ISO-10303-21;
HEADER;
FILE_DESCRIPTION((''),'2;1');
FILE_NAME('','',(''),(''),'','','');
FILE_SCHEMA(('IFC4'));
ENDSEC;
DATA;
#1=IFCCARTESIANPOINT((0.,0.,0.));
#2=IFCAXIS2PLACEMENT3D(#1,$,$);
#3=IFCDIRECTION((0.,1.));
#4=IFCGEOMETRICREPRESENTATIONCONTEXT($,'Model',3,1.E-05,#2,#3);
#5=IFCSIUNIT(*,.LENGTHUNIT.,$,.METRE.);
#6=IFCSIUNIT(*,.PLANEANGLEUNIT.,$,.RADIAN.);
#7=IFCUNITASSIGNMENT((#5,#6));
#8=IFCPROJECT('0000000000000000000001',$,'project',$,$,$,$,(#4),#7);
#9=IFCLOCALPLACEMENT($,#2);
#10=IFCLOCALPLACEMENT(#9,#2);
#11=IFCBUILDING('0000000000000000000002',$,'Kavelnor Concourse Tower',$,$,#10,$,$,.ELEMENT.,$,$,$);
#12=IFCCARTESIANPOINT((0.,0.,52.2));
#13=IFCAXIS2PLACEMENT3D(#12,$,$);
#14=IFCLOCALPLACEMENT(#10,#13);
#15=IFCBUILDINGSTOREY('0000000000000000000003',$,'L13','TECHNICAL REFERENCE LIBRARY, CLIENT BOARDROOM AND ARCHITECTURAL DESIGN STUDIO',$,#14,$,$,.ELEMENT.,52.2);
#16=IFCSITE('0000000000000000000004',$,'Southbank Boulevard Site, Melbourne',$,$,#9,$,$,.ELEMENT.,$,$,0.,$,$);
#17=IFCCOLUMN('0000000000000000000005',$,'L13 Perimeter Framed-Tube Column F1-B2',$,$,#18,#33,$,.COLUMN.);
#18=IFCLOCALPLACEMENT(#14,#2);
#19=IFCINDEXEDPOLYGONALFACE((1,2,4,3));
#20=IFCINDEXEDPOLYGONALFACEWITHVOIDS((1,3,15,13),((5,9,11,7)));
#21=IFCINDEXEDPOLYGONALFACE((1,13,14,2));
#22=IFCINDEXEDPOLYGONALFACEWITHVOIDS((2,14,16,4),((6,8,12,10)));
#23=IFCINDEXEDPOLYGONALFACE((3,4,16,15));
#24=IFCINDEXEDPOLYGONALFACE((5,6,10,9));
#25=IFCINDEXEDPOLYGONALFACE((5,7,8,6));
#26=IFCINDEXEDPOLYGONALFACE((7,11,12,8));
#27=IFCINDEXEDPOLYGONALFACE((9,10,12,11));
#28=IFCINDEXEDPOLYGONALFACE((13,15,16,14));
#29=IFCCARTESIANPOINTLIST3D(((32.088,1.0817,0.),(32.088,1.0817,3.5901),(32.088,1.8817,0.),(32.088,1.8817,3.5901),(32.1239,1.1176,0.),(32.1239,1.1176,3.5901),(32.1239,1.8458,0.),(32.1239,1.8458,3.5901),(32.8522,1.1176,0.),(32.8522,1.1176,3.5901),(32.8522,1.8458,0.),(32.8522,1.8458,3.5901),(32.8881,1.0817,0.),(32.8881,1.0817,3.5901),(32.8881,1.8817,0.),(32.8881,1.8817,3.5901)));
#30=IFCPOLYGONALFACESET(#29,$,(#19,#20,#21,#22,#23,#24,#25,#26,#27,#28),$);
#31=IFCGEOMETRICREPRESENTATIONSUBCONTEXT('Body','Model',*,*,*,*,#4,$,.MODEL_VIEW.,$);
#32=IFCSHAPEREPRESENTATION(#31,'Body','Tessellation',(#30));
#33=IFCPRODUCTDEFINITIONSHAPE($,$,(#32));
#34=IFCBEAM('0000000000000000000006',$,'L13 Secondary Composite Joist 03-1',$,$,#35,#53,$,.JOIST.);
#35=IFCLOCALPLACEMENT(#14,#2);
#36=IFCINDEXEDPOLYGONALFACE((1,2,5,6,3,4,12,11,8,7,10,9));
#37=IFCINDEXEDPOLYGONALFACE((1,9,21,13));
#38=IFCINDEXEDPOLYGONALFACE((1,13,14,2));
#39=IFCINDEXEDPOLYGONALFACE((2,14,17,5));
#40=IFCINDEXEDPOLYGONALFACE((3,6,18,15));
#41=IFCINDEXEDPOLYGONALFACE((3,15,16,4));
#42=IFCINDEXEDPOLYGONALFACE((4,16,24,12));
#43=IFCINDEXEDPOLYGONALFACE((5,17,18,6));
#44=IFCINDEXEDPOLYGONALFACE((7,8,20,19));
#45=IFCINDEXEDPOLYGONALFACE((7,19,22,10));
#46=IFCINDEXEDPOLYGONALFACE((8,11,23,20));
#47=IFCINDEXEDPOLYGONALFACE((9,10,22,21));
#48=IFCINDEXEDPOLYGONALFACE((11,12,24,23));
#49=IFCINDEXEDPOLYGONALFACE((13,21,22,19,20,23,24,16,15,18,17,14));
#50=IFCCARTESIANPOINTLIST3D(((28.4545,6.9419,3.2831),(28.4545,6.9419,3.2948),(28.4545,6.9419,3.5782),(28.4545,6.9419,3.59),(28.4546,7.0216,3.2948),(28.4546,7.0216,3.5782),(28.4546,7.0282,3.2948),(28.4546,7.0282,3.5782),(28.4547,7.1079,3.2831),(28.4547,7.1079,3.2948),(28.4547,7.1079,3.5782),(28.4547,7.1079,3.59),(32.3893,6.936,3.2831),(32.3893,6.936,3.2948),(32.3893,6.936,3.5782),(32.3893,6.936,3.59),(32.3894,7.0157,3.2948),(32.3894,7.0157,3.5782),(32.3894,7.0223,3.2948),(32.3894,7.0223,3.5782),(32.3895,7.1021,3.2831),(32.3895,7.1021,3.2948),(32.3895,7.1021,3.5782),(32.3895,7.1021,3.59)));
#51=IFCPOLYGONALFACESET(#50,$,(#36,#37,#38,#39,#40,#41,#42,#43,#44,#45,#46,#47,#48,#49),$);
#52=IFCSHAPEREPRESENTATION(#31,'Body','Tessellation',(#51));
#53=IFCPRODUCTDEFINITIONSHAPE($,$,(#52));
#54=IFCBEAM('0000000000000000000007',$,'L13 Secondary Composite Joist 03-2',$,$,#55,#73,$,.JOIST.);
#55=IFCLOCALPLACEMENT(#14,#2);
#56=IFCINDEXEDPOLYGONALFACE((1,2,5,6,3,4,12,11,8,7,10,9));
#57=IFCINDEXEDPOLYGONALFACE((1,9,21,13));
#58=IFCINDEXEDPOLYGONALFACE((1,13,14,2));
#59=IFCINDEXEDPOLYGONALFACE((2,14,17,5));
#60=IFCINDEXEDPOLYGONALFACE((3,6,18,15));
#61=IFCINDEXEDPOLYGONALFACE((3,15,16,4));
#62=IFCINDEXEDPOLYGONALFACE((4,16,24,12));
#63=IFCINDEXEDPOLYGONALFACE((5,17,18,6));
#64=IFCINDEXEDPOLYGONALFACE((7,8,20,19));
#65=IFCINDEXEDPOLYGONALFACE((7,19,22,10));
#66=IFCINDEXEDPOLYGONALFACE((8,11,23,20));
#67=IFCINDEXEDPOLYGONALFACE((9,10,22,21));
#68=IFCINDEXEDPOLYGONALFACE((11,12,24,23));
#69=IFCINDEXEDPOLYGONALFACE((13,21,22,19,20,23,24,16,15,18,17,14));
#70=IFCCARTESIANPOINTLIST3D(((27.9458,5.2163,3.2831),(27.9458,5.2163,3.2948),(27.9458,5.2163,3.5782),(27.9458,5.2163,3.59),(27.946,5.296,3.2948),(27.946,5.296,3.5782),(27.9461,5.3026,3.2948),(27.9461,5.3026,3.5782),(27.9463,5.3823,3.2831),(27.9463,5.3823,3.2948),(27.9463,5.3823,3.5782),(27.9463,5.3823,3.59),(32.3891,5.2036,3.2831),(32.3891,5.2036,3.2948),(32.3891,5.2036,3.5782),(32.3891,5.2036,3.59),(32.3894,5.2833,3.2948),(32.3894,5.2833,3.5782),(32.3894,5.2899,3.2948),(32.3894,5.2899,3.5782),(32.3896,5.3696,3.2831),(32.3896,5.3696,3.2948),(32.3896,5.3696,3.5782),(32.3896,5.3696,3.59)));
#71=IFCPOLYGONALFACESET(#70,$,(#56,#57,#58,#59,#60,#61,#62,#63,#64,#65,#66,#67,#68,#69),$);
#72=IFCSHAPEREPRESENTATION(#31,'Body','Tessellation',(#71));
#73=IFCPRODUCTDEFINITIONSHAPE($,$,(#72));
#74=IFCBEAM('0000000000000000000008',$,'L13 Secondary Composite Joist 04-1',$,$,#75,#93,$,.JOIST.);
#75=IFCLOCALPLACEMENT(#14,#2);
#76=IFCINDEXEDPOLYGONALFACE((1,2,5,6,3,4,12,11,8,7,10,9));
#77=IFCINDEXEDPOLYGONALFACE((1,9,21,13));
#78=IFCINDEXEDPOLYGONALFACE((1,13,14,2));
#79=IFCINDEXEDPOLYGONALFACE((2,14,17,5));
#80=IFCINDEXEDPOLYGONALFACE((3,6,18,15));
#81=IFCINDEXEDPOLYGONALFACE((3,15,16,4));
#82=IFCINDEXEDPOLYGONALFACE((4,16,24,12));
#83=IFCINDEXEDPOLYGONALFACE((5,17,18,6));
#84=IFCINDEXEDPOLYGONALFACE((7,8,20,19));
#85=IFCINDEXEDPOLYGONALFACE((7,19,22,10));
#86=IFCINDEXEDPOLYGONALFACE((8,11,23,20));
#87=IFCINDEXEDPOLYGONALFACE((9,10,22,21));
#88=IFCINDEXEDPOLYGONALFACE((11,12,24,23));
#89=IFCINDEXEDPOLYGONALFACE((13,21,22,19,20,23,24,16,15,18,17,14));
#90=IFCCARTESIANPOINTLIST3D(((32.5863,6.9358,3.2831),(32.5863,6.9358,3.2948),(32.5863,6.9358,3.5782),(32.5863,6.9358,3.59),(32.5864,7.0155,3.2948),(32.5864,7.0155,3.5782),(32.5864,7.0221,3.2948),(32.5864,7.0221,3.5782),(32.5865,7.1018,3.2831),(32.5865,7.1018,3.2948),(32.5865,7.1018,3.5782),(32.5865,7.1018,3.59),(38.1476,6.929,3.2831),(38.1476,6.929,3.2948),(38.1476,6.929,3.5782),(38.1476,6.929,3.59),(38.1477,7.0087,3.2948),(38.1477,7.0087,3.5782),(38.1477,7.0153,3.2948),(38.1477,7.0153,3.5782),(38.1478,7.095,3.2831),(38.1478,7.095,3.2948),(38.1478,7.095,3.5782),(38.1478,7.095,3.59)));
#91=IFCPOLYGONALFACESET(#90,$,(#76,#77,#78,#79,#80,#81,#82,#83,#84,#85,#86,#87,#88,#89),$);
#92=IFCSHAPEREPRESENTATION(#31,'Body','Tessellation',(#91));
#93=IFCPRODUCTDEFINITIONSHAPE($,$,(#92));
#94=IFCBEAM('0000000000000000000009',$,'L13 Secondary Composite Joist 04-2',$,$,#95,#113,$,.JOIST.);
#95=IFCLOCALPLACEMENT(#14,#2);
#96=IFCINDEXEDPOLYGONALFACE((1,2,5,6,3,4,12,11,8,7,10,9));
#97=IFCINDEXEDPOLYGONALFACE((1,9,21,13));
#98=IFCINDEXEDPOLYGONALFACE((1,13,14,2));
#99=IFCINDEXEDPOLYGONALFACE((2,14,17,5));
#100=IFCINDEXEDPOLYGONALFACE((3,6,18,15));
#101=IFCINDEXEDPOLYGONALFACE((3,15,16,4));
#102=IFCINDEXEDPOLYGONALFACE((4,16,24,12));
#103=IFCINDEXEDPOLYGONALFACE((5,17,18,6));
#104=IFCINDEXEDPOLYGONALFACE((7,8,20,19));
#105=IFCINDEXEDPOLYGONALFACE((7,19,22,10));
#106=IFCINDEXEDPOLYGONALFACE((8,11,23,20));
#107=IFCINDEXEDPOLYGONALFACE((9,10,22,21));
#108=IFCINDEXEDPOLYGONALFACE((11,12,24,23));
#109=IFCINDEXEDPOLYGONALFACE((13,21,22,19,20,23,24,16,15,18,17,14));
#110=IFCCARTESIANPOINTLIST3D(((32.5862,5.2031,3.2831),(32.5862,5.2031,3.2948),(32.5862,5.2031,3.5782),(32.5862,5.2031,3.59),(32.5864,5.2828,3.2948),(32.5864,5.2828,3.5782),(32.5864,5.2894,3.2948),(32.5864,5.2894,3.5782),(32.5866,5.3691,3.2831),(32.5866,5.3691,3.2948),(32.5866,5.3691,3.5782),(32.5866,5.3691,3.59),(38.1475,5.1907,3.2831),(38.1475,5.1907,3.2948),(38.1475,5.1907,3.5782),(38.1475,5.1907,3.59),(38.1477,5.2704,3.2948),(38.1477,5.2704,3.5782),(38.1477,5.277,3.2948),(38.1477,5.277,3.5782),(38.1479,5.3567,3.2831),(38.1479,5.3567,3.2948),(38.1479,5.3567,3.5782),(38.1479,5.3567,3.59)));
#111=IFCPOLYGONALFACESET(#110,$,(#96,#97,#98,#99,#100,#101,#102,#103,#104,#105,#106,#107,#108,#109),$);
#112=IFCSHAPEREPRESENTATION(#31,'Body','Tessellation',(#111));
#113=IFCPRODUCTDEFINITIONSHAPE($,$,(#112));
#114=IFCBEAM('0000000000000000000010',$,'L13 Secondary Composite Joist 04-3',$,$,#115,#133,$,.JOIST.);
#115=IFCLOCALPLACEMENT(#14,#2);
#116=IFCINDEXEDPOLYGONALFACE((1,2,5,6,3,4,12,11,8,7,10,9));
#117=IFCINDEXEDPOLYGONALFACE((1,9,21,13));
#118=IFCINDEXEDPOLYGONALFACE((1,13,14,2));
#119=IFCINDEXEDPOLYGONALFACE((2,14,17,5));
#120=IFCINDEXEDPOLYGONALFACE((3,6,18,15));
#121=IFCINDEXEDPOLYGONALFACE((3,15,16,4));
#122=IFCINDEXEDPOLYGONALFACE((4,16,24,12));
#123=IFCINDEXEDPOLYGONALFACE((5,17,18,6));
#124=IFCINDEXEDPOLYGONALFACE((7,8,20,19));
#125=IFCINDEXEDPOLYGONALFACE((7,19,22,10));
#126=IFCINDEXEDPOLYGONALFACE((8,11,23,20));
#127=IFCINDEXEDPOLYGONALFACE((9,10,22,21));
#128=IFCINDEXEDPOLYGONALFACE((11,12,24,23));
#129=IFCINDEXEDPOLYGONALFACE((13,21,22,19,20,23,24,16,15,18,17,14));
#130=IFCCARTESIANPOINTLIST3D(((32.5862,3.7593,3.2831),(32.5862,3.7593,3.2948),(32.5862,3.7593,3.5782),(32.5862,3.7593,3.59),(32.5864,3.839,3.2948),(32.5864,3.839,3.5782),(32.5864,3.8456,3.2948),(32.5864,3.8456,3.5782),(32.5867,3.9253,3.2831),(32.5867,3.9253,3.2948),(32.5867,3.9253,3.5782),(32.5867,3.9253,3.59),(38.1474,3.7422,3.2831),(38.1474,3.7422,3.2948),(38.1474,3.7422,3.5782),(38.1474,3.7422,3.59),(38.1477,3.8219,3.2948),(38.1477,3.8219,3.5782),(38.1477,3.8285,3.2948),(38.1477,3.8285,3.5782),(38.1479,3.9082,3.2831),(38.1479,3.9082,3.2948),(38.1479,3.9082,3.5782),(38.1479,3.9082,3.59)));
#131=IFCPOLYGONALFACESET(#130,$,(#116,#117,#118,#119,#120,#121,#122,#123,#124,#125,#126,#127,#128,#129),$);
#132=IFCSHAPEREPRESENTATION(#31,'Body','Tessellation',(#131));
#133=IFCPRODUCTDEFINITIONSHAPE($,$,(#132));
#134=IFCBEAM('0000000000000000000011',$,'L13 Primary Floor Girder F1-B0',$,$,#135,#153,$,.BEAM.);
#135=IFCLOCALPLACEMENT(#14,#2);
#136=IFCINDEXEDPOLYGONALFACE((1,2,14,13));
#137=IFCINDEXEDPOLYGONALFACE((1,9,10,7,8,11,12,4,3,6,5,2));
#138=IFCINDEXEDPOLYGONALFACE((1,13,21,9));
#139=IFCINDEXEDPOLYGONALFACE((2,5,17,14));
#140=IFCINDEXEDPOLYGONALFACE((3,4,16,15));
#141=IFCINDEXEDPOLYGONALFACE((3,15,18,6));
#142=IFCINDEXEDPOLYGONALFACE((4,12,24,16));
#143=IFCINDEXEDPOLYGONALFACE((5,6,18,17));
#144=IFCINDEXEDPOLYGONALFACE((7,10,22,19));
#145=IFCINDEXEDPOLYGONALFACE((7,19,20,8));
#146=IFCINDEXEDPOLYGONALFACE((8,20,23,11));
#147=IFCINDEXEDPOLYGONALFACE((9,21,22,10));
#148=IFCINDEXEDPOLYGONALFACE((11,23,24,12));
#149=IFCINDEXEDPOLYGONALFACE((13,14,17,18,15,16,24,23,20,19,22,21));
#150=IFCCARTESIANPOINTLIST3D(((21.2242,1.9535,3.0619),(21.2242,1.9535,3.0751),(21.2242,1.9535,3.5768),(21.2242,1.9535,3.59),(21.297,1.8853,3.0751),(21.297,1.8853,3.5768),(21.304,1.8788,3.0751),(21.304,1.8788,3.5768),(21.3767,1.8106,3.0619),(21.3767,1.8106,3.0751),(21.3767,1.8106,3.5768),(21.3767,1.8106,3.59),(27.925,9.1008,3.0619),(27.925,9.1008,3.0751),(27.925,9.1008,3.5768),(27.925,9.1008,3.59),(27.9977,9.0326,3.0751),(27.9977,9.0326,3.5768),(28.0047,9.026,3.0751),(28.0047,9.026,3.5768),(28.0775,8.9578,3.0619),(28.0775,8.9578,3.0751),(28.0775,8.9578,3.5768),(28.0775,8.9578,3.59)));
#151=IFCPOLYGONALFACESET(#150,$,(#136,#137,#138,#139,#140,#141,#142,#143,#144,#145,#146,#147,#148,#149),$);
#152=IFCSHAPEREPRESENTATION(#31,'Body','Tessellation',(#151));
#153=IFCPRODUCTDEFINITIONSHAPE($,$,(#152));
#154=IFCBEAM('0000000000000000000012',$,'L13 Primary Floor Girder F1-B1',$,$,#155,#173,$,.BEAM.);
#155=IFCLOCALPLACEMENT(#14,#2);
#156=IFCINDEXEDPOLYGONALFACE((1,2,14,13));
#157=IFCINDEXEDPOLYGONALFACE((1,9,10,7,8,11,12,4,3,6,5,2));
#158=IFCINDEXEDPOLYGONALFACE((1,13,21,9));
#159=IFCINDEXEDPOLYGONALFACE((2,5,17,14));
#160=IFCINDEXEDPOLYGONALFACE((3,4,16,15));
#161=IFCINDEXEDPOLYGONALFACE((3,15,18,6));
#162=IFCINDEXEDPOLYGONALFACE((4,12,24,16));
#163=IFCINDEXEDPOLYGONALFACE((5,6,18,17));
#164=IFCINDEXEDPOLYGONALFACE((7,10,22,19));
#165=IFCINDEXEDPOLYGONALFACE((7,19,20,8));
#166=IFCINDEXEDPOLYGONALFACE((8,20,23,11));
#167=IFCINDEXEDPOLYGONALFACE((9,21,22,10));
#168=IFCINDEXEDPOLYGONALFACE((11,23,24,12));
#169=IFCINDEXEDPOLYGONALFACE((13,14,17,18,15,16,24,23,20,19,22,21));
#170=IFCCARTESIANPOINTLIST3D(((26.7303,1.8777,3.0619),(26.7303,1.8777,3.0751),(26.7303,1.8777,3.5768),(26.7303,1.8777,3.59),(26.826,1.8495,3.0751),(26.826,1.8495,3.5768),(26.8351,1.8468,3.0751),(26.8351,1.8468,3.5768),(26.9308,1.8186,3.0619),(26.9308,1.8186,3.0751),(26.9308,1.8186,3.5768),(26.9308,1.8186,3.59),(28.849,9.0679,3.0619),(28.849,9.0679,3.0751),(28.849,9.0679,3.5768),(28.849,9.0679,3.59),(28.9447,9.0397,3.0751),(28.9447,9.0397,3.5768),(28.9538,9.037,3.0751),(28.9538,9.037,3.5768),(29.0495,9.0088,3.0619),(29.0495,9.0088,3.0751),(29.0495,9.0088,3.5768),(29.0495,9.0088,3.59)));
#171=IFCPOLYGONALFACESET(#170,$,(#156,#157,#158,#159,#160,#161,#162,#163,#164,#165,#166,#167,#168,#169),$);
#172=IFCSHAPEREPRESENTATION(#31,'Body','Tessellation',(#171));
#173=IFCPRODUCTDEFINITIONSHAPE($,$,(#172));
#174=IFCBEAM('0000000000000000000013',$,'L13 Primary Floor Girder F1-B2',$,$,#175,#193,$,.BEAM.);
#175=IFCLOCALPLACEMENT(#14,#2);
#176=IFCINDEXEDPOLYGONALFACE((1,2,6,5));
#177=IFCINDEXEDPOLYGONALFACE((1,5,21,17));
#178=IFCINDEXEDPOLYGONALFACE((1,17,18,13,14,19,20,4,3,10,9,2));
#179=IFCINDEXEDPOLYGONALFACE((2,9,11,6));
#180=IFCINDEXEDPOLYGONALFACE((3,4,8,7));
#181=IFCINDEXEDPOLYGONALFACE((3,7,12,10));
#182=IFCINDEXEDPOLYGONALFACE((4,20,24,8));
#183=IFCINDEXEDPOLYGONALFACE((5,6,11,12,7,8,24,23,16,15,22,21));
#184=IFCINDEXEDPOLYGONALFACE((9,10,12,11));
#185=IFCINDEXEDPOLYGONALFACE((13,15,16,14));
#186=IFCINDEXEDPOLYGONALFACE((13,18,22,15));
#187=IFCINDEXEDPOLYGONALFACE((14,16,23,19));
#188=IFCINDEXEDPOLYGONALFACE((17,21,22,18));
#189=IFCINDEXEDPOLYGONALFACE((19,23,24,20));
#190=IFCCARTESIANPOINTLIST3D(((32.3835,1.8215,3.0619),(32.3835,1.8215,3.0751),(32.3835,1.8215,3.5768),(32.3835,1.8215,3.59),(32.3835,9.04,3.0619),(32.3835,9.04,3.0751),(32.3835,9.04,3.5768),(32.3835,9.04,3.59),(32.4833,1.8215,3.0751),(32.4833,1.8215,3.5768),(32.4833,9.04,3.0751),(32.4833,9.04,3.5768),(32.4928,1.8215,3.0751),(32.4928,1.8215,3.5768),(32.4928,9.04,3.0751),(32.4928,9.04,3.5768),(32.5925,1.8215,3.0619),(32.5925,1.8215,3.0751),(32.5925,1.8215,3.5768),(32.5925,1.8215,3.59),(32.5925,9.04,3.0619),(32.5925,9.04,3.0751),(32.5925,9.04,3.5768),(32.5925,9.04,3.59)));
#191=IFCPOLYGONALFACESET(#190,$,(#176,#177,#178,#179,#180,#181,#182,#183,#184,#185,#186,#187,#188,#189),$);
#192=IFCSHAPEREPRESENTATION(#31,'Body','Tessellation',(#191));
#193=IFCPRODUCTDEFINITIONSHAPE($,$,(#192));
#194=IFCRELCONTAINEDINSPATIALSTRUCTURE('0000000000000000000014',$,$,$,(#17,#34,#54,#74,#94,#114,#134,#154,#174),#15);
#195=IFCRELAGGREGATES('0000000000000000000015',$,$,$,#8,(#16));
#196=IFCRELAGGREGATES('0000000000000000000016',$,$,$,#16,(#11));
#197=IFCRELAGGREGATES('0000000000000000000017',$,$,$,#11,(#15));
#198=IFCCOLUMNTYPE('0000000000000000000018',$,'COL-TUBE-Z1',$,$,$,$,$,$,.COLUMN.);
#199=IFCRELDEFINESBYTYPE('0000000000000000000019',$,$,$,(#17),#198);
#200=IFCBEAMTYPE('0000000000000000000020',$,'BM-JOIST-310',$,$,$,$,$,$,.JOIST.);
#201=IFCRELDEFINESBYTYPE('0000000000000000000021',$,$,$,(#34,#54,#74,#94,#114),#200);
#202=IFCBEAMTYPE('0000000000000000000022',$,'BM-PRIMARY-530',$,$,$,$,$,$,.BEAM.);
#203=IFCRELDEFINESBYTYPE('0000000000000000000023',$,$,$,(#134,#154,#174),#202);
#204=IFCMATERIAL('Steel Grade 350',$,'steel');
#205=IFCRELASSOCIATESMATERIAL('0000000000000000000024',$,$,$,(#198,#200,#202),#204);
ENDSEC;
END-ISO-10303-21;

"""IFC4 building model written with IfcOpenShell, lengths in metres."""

from ifc_helpers import new_model, si_unit, direction, frame, origin, origin_2d, place, context, subcontext, project, spatial, hollow_rectangle, i_section, extrude, material, material_profile, profile_set, type_object, element, save


model = new_model("IFC4")

# Units and contexts
model_context = context("Model", 3, precision=1e-05, world=origin(), true_north=direction((0.0, 1.0)))
body_context = subcontext(model_context, "Body", "Model", "MODEL_VIEW")
ifc_project = project(units=[si_unit("LENGTHUNIT", "METRE"), si_unit("PLANEANGLEUNIT", "RADIAN")], contexts=[model_context])

# Site, building, storey
site_placement = place(None, origin())
site = spatial("IfcSite", under=ifc_project, at=site_placement, Name="Southbank Boulevard Site, Melbourne", CompositionType="ELEMENT", RefElevation=0.0)
building_placement = place(site_placement, origin())
building = spatial("IfcBuilding", under=site, at=building_placement, Name="Kavelnor Concourse Tower", CompositionType="ELEMENT")
storey_placement = place(building_placement, frame((0.0, 0.0, 52.2)))
storey = spatial("IfcBuildingStorey", under=building, at=storey_placement, Name="L13", Description="TECHNICAL REFERENCE LIBRARY, CLIENT BOARDROOM AND ARCHITECTURAL DESIGN STUDIO", CompositionType="ELEMENT", Elevation=52.2)

# Column
ifc_material_1 = material(Name="Steel Grade 350", Category="steel")
ifc_material_profile_1 = material_profile(ifc_material_1, hollow_rectangle(XDim=0.8, YDim=0.8, WallThickness=0.0359, at=origin_2d()), Name="SHS 800x800x36")
ifc_profile_set_1 = profile_set([ifc_material_profile_1], Name="Steel Grade 350")
column_type = type_object("IfcColumnType", Name="COL-TUBE-Z1", PredefinedType="COLUMN", material=ifc_profile_set_1)
column_placement = place(storey_placement, frame((32.488, 1.4817, 0.0), z_axis=(0.0, 0.0, 1.0), x_axis=(1.0, 0.0, 0.0)))
element("IfcColumn", 1, at=column_placement, inside=storey, type_object=column_type, Name="L13 Perimeter Framed-Tube Column F1-B2", PredefinedType="COLUMN", context=body_context, shape_type="SweptSolid", body=[
    extrude(hollow_rectangle(XDim=0.8, YDim=0.8, WallThickness=0.0359, at=origin_2d()), origin(), (0.0, 0.0, 1.0), 3.5901),
])

# Beams
ifc_material_profile_2 = material_profile(ifc_material_1, i_section(OverallWidth=0.166, OverallDepth=0.3069, WebThickness=0.0066, FlangeThickness=0.0117, at=origin_2d()), Name="310UB46")
ifc_profile_set_2 = profile_set([ifc_material_profile_2], Name="Steel Grade 350")
beam_type_1 = type_object("IfcBeamType", Name="BM-JOIST-310", PredefinedType="JOIST", material=ifc_profile_set_2)
beam_1_placement = place(storey_placement, frame((28.4546, 7.0249, 3.4365), z_axis=(0.999999, -0.001489, 0.0), x_axis=(0.001489, 0.999999, 0.0)))
element("IfcBeam", 2, at=beam_1_placement, inside=storey, type_object=beam_type_1, Name="L13 Secondary Composite Joist 03-1", PredefinedType="JOIST", context=body_context, shape_type="SweptSolid", body=[
    extrude(i_section(OverallWidth=0.166, OverallDepth=0.3069, WebThickness=0.0066, FlangeThickness=0.0117, at=origin_2d()), origin(), (0.0, 0.0, 1.0), 3.9348),
])
beam_2_placement = place(storey_placement, frame((27.946, 5.2993, 3.4365), z_axis=(0.999996, -0.002857, 0.0), x_axis=(0.002857, 0.999996, 0.0)))
element("IfcBeam", 3, at=beam_2_placement, inside=storey, type_object=beam_type_1, Name="L13 Secondary Composite Joist 03-2", PredefinedType="JOIST", context=body_context, shape_type="SweptSolid", body=[
    extrude(i_section(OverallWidth=0.166, OverallDepth=0.3069, WebThickness=0.0066, FlangeThickness=0.0117, at=origin_2d()), origin(), (0.0, 0.0, 1.0), 4.4434),
])
for number, where, z_axis, x_axis, name in (
    (4, (32.5864, 7.0188, 3.4365), (0.999999, -0.001229, 0.0), (0.001229, 0.999999, 0.0), "L13 Secondary Composite Joist 04-1"),
    (5, (32.5864, 5.2861, 3.4365), (0.999997, -0.002239, 0.0), (0.002239, 0.999997, 0.0), "L13 Secondary Composite Joist 04-2"),
    (6, (32.5864, 3.8423, 3.4365), (0.999995, -0.003073, 0.0), (0.003073, 0.999995, 0.0), "L13 Secondary Composite Joist 04-3"),
):
    element("IfcBeam", number, at=place(storey_placement, frame(where, z_axis=z_axis, x_axis=x_axis)), inside=storey, type_object=beam_type_1, Name=name, PredefinedType="JOIST", context=body_context, shape_type="SweptSolid", body=[
        extrude(i_section(OverallWidth=0.166, OverallDepth=0.3069, WebThickness=0.0066, FlangeThickness=0.0117, at=origin_2d()), origin(), (0.0, 0.0, 1.0), 5.5613),
    ])
ifc_material_profile_3 = material_profile(ifc_material_1, i_section(OverallWidth=0.209, OverallDepth=0.5281, WebThickness=0.0095, FlangeThickness=0.0132, at=origin_2d()), Name="530UB82")
ifc_profile_set_3 = profile_set([ifc_material_profile_3], Name="Steel Grade 350")
beam_type_2 = type_object("IfcBeamType", Name="BM-PRIMARY-530", PredefinedType="BEAM", material=ifc_profile_set_3)
beam_3_placement = place(storey_placement, frame((28.0012, 9.0293, 3.3259), z_axis=(-0.68395, -0.729529, 0.0), x_axis=(0.729529, -0.68395, 0.0)))
element("IfcBeam", 7, at=beam_3_placement, inside=storey, type_object=beam_type_2, Name="L13 Primary Floor Girder F1-B0", PredefinedType="BEAM", context=body_context, shape_type="SweptSolid", body=[
    extrude(i_section(OverallWidth=0.209, OverallDepth=0.5281, WebThickness=0.0095, FlangeThickness=0.0132, at=origin_2d()), origin(), (0.0, 0.0, 1.0), 9.7971),
])
beam_4_placement = place(storey_placement, frame((28.9492, 9.0383, 3.3259), z_axis=(-0.282644, -0.959225, 0.0), x_axis=(0.959225, -0.282644, 0.0)))
element("IfcBeam", 8, at=beam_4_placement, inside=storey, type_object=beam_type_2, Name="L13 Primary Floor Girder F1-B1", PredefinedType="BEAM", context=body_context, shape_type="SweptSolid", body=[
    extrude(i_section(OverallWidth=0.209, OverallDepth=0.5281, WebThickness=0.0095, FlangeThickness=0.0132, at=origin_2d()), origin(), (0.0, 0.0, 1.0), 7.4958),
])
beam_5_placement = place(storey_placement, frame((32.488, 9.04, 3.3259), z_axis=(0.0, -1.0, 0.0), x_axis=(1.0, 0.0, 0.0)))
element("IfcBeam", 9, at=beam_5_placement, inside=storey, type_object=beam_type_2, Name="L13 Primary Floor Girder F1-B2", PredefinedType="BEAM", context=body_context, shape_type="SweptSolid", body=[
    extrude(i_section(OverallWidth=0.209, OverallDepth=0.5281, WebThickness=0.0095, FlangeThickness=0.0132, at=origin_2d()), origin(), (0.0, 0.0, 1.0), 7.2185),
])

save(model, "model.ifc")
